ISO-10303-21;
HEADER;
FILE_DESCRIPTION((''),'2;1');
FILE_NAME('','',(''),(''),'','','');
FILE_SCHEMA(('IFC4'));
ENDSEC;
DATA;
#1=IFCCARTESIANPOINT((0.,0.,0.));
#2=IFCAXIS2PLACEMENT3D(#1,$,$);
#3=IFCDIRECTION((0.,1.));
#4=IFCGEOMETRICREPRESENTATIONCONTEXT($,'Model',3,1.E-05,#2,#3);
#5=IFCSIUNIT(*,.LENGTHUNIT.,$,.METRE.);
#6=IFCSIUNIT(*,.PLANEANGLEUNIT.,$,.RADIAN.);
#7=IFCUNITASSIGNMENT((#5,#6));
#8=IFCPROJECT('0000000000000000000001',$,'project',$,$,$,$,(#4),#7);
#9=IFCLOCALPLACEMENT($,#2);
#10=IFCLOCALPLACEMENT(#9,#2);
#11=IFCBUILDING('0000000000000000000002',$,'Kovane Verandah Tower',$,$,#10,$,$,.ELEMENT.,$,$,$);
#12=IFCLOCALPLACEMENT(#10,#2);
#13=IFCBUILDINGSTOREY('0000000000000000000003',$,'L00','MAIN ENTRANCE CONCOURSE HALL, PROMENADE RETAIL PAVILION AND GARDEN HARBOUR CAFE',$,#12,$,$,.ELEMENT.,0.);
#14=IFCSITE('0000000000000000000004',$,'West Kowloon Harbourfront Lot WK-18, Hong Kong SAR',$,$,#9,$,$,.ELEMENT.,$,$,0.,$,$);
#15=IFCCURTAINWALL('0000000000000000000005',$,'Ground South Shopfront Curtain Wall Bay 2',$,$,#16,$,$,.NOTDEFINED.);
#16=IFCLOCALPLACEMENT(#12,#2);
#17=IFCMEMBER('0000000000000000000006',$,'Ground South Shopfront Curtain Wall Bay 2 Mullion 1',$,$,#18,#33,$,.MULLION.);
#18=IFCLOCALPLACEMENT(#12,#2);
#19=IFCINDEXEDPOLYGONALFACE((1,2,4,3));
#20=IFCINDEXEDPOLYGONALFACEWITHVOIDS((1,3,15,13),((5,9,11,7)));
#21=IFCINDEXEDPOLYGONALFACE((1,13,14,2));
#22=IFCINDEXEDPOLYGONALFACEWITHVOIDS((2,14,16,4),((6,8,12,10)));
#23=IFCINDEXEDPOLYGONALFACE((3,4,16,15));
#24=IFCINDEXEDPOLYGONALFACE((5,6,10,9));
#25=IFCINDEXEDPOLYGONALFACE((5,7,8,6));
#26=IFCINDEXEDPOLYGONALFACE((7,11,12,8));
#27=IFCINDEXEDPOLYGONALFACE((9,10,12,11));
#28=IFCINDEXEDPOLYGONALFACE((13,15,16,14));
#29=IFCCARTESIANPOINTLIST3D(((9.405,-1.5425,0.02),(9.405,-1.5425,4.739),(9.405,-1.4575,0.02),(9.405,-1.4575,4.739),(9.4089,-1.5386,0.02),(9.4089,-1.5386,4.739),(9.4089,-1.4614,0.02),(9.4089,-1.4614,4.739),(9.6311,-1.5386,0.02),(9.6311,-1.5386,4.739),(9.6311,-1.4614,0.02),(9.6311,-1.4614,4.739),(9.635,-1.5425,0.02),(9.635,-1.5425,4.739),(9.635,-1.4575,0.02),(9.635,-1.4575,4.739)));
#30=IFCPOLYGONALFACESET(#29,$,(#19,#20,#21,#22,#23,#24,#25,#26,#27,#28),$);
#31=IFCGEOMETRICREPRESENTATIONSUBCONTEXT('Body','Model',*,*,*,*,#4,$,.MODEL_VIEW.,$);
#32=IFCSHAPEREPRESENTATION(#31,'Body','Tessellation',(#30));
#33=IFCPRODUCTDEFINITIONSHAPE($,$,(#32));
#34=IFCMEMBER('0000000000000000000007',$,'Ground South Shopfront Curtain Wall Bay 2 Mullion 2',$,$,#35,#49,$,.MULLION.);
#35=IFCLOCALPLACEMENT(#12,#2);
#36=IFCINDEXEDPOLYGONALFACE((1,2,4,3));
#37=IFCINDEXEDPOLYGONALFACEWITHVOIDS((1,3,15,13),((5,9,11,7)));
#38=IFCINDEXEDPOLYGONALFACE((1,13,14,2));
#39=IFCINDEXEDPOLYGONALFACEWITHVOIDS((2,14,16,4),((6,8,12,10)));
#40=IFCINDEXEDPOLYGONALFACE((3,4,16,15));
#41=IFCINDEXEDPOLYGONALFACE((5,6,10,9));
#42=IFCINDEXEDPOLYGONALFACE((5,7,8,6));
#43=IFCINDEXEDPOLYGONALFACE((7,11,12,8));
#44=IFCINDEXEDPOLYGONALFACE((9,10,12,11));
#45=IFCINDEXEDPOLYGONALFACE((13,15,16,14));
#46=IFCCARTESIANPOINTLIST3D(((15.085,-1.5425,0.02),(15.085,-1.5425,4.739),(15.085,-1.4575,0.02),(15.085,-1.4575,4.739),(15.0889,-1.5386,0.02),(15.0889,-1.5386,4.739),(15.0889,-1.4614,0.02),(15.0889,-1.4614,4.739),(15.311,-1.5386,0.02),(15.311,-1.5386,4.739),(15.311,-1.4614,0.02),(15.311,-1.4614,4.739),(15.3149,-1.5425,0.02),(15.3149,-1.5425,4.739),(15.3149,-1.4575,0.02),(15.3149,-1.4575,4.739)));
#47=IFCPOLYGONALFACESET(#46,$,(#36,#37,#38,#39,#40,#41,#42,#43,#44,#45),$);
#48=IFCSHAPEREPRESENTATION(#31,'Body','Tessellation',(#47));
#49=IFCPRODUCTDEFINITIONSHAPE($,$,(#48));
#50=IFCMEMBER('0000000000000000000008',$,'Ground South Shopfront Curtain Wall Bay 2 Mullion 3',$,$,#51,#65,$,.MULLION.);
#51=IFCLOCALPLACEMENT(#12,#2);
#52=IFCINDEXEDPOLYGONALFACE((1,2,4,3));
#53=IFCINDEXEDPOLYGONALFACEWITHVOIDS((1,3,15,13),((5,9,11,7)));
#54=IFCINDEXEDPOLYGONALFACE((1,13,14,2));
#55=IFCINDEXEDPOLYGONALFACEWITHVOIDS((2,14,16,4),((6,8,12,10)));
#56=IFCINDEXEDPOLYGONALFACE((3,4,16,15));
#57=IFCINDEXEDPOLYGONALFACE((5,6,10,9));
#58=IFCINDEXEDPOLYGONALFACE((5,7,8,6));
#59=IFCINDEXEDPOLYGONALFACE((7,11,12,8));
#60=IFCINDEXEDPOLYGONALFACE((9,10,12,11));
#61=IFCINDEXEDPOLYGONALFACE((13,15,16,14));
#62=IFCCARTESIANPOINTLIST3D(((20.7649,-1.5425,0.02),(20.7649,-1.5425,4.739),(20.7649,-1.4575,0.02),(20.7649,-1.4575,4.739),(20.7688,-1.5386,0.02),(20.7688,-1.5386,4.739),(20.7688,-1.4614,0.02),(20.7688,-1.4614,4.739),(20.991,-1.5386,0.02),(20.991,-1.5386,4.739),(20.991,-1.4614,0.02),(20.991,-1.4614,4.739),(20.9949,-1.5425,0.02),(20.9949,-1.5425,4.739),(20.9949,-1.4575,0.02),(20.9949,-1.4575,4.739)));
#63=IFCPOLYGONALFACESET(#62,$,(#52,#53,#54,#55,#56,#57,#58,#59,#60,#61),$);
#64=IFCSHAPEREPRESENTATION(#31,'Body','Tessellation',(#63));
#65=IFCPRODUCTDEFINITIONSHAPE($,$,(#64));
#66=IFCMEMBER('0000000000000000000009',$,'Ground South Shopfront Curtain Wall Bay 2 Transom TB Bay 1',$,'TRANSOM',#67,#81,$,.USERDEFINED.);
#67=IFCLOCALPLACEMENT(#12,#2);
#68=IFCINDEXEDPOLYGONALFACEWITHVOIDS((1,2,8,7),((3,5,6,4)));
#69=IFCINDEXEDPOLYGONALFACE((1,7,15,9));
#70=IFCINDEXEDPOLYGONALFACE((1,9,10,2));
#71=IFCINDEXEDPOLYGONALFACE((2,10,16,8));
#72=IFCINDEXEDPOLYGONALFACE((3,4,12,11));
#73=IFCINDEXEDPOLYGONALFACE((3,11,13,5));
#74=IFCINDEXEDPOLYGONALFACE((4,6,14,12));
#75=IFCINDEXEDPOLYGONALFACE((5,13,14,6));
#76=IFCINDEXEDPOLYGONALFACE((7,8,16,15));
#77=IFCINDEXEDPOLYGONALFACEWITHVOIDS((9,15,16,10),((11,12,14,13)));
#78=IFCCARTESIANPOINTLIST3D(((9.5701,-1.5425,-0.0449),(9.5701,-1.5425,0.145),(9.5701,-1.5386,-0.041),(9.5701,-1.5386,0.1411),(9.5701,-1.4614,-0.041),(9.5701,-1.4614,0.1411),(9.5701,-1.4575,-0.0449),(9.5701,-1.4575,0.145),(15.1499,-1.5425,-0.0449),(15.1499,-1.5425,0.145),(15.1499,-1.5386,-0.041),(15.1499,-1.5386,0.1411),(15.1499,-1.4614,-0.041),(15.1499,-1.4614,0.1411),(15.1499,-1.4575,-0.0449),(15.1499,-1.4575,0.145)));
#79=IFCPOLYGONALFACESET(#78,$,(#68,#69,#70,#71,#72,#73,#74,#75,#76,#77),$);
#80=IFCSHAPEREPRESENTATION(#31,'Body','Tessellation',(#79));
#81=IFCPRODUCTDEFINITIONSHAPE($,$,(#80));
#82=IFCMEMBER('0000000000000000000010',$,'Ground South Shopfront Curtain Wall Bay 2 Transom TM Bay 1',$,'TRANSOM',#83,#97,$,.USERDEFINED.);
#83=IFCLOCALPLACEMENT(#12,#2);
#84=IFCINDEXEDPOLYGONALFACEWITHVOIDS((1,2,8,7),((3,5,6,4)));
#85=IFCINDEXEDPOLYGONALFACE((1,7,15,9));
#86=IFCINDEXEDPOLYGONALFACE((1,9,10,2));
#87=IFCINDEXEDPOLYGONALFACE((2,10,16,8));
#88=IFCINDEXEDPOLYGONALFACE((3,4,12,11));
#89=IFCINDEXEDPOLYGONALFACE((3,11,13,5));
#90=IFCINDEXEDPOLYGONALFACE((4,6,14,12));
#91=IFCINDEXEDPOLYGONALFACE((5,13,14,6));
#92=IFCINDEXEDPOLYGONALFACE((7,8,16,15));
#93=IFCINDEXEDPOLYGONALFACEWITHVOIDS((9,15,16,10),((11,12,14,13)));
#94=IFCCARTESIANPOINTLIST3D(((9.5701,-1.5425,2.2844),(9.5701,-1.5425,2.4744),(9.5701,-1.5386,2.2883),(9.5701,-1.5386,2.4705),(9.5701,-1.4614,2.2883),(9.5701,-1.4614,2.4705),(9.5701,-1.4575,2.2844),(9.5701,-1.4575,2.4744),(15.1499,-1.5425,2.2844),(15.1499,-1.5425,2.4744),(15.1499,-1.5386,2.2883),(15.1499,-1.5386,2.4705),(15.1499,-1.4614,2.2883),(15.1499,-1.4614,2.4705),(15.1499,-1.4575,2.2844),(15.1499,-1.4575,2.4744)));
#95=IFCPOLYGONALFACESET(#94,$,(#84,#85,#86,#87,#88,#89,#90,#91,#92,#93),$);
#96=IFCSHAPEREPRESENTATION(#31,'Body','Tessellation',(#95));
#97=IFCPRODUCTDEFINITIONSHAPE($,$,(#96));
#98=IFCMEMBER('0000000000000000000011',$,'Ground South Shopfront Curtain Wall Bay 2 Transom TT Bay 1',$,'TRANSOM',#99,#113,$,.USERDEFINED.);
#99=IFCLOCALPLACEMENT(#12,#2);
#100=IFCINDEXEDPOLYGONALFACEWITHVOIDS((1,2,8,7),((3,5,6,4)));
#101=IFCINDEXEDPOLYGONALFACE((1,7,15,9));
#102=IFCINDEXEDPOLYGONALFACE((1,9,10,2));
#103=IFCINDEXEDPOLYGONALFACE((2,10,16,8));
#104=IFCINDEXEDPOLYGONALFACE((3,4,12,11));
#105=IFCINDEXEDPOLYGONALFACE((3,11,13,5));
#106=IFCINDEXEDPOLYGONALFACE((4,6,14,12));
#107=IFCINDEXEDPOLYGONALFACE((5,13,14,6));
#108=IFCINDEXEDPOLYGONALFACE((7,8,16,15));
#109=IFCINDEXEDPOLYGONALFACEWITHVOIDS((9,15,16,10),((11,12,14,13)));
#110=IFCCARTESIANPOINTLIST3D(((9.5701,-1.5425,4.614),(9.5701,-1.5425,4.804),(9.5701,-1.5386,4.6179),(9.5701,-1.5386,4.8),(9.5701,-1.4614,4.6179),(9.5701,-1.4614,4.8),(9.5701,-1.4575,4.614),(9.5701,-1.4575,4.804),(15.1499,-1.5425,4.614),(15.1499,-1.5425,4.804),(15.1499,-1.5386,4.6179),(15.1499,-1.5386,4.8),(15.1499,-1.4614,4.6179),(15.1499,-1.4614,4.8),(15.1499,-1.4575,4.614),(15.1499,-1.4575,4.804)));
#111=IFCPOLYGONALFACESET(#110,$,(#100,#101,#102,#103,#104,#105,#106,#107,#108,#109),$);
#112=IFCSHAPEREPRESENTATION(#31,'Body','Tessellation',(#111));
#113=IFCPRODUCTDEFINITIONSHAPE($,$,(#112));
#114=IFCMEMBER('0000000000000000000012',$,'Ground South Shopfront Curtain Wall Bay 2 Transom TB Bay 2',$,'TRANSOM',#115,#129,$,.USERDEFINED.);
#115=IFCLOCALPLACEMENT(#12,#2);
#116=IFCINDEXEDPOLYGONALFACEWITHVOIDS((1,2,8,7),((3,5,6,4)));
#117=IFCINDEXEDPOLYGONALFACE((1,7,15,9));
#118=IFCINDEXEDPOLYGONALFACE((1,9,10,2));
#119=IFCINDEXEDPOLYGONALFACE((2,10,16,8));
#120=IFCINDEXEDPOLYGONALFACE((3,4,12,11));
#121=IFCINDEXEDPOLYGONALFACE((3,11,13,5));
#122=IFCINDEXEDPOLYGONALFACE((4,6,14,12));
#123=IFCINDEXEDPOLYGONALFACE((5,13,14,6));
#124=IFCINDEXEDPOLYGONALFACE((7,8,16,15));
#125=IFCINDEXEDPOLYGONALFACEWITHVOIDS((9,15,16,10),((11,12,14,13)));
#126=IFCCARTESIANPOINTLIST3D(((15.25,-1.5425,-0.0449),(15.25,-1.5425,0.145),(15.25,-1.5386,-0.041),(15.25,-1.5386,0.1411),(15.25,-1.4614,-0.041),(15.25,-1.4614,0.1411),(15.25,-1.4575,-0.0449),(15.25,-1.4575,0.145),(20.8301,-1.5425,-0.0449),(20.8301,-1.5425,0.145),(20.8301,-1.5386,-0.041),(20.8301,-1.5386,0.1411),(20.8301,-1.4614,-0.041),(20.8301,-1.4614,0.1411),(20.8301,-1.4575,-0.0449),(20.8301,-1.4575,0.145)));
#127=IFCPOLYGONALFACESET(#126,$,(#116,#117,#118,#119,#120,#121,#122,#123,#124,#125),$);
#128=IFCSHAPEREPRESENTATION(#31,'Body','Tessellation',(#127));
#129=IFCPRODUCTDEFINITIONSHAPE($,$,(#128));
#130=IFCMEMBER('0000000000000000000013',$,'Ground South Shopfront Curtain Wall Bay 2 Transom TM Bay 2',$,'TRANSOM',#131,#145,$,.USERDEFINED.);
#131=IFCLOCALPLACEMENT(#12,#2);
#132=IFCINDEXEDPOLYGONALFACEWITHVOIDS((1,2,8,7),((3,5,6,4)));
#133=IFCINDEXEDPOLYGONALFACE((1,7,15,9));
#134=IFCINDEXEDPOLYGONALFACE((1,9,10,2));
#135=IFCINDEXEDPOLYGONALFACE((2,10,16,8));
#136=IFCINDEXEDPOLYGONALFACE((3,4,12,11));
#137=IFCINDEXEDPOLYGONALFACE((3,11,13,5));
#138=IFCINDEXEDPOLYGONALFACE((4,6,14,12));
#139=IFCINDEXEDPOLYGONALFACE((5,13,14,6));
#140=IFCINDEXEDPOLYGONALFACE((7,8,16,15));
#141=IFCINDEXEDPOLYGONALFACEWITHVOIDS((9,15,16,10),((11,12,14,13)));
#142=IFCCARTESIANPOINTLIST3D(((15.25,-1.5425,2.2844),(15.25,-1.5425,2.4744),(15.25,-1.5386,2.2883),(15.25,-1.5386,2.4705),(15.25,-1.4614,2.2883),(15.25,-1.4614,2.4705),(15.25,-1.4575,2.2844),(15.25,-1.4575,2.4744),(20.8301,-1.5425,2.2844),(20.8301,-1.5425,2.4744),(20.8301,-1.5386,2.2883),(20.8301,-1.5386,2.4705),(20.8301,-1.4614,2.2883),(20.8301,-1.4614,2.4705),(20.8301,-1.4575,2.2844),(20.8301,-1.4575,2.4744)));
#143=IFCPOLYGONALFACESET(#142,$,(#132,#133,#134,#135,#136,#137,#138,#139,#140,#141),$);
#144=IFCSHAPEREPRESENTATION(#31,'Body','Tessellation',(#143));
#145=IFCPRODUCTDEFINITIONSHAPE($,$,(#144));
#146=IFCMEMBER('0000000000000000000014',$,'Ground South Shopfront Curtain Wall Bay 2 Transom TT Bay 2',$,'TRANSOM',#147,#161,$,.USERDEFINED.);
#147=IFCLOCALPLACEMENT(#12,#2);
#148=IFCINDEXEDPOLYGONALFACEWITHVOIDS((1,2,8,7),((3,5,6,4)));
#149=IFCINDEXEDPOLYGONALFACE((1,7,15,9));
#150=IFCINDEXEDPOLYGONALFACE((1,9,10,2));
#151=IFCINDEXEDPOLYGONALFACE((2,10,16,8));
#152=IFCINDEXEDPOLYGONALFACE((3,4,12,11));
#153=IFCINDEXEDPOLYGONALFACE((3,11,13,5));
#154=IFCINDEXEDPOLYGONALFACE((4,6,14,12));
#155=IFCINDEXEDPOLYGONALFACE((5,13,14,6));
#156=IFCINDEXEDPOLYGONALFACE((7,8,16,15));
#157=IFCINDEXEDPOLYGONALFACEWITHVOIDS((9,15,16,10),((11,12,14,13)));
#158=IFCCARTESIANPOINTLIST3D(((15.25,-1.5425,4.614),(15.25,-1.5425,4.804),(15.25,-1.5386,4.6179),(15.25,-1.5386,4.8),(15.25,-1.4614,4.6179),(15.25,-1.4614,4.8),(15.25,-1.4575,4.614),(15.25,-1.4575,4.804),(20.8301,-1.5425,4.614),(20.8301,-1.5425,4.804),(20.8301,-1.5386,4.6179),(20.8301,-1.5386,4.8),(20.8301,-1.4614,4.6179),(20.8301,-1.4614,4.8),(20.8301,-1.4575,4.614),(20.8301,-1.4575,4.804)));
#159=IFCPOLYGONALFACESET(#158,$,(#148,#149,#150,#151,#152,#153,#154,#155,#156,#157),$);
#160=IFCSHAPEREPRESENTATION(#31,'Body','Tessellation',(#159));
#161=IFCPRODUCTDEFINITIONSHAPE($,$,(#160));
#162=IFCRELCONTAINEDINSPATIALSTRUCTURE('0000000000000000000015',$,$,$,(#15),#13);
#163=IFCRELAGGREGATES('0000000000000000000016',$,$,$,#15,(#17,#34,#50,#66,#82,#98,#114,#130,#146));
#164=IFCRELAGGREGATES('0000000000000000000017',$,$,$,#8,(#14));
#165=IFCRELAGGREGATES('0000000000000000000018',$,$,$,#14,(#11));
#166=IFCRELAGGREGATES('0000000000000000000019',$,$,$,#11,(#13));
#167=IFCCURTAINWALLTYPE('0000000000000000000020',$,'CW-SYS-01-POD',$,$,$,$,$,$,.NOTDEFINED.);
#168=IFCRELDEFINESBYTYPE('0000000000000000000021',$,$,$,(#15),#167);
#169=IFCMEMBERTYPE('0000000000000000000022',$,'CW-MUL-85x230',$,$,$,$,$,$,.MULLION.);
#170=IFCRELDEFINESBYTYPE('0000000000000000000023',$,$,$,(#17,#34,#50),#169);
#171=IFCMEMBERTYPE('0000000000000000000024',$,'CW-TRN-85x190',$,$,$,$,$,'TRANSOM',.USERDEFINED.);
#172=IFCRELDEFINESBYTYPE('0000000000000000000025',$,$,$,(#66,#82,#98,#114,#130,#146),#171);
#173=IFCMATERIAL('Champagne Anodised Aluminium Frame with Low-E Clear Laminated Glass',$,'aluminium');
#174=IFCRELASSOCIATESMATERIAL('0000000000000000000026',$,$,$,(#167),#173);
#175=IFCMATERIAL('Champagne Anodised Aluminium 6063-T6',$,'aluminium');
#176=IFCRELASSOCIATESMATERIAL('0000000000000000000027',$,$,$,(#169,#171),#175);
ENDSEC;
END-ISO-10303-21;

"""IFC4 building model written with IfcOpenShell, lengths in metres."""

from ifc_helpers import new_model, si_unit, direction, frame, origin, origin_2d, place, context, subcontext, project, spatial, hollow_rectangle, extrude, material, material_profile, profile_set, type_object, element, aggregate, save


model = new_model("IFC4")

# Units and contexts
model_context = context("Model", 3, precision=1e-05, world=origin(), true_north=direction((0.0, 1.0)))
body_context = subcontext(model_context, "Body", "Model", "MODEL_VIEW")
ifc_project = project(units=[si_unit("LENGTHUNIT", "METRE"), si_unit("PLANEANGLEUNIT", "RADIAN")], contexts=[model_context])

# Site, building, storey
site_placement = place(None, origin())
site = spatial("IfcSite", under=ifc_project, at=site_placement, Name="West Kowloon Harbourfront Lot WK-18, Hong Kong SAR", CompositionType="ELEMENT", RefElevation=0.0)
building_placement = place(site_placement, origin())
building = spatial("IfcBuilding", under=site, at=building_placement, Name="Kovane Verandah Tower", CompositionType="ELEMENT")
storey_placement = place(building_placement, origin())
storey = spatial("IfcBuildingStorey", under=building, at=storey_placement, Name="L00", Description="MAIN ENTRANCE CONCOURSE HALL, PROMENADE RETAIL PAVILION AND GARDEN HARBOUR CAFE", CompositionType="ELEMENT", Elevation=0.0)

# Curtain wall, members
ifc_material_1 = material(Name="Champagne Anodised Aluminium Frame with Low-E Clear Laminated Glass", Category="aluminium")
curtain_wall_type = type_object("IfcCurtainWallType", Name="CW-SYS-01-POD", PredefinedType="NOTDEFINED", material=ifc_material_1)
curtain_wall_placement = place(storey_placement, origin())
curtain_wall = element("IfcCurtainWall", 1, at=curtain_wall_placement, inside=storey, type_object=curtain_wall_type, Name="Ground South Shopfront Curtain Wall Bay 2", PredefinedType="NOTDEFINED")
ifc_material_2 = material(Name="Champagne Anodised Aluminium 6063-T6", Category="aluminium")
ifc_material_profile_1 = material_profile(ifc_material_2, hollow_rectangle(XDim=0.085, YDim=0.23, WallThickness=0.0039, at=origin_2d()), Name="AL85x230x4")
ifc_profile_set_1 = profile_set([ifc_material_profile_1], Name="Champagne Anodised Aluminium 6063-T6")
member_type_1 = type_object("IfcMemberType", Name="CW-MUL-85x230", PredefinedType="MULLION", material=ifc_profile_set_1)
member_1_placement = place(storey_placement, frame((9.52, -1.5, 0.02), z_axis=(0.0, 0.0, 1.0), x_axis=(0.0, -1.0, 0.0)))
member_1 = element("IfcMember", 2, at=member_1_placement, type_object=member_type_1, Name="Ground South Shopfront Curtain Wall Bay 2 Mullion 1", PredefinedType="MULLION", context=body_context, shape_type="SweptSolid", body=[
    extrude(hollow_rectangle(XDim=0.085, YDim=0.23, WallThickness=0.0039, at=origin_2d()), origin(), (0.0, 0.0, 1.0), 4.719),
])
member_2_placement = place(storey_placement, frame((15.2, -1.5, 0.02), z_axis=(0.0, 0.0, 1.0), x_axis=(0.0, -1.0, 0.0)))
member_2 = element("IfcMember", 3, at=member_2_placement, type_object=member_type_1, Name="Ground South Shopfront Curtain Wall Bay 2 Mullion 2", PredefinedType="MULLION", context=body_context, shape_type="SweptSolid", body=[
    extrude(hollow_rectangle(XDim=0.085, YDim=0.23, WallThickness=0.0039, at=origin_2d()), origin(), (0.0, 0.0, 1.0), 4.719),
])
member_3_placement = place(storey_placement, frame((20.8799, -1.5, 0.02), z_axis=(0.0, 0.0, 1.0), x_axis=(0.0, -1.0, 0.0)))
member_3 = element("IfcMember", 4, at=member_3_placement, type_object=member_type_1, Name="Ground South Shopfront Curtain Wall Bay 2 Mullion 3", PredefinedType="MULLION", context=body_context, shape_type="SweptSolid", body=[
    extrude(hollow_rectangle(XDim=0.085, YDim=0.23, WallThickness=0.0039, at=origin_2d()), origin(), (0.0, 0.0, 1.0), 4.719),
])
ifc_material_profile_2 = material_profile(ifc_material_2, hollow_rectangle(XDim=0.085, YDim=0.1899, WallThickness=0.0039, at=origin_2d()), Name="AL85x190x4")
ifc_profile_set_2 = profile_set([ifc_material_profile_2], Name="Champagne Anodised Aluminium 6063-T6")
member_type_2 = type_object("IfcMemberType", Name="CW-TRN-85x190", ElementType="TRANSOM", PredefinedType="USERDEFINED", material=ifc_profile_set_2)
member_4_placement = place(storey_placement, frame((9.5701, -1.5, 0.05), z_axis=(1.0, 0.0, 0.0), x_axis=(0.0, 1.0, 0.0)))
member_4 = element("IfcMember", 5, at=member_4_placement, type_object=member_type_2, Name="Ground South Shopfront Curtain Wall Bay 2 Transom TB Bay 1", ObjectType="TRANSOM", PredefinedType="USERDEFINED", context=body_context, shape_type="SweptSolid", body=[
    extrude(hollow_rectangle(XDim=0.085, YDim=0.1899, WallThickness=0.0039, at=origin_2d()), origin(), (0.0, 0.0, 1.0), 5.5798),
])
member_5_placement = place(storey_placement, frame((9.5701, -1.5, 2.3794), z_axis=(1.0, 0.0, 0.0), x_axis=(0.0, 1.0, 0.0)))
member_5 = element("IfcMember", 6, at=member_5_placement, type_object=member_type_2, Name="Ground South Shopfront Curtain Wall Bay 2 Transom TM Bay 1", ObjectType="TRANSOM", PredefinedType="USERDEFINED", context=body_context, shape_type="SweptSolid", body=[
    extrude(hollow_rectangle(XDim=0.085, YDim=0.1899, WallThickness=0.0039, at=origin_2d()), origin(), (0.0, 0.0, 1.0), 5.5798),
])
member_6_placement = place(storey_placement, frame((9.5701, -1.5, 4.709), z_axis=(1.0, 0.0, 0.0), x_axis=(0.0, 1.0, 0.0)))
member_6 = element("IfcMember", 7, at=member_6_placement, type_object=member_type_2, Name="Ground South Shopfront Curtain Wall Bay 2 Transom TT Bay 1", ObjectType="TRANSOM", PredefinedType="USERDEFINED", context=body_context, shape_type="SweptSolid", body=[
    extrude(hollow_rectangle(XDim=0.085, YDim=0.1899, WallThickness=0.0039, at=origin_2d()), origin(), (0.0, 0.0, 1.0), 5.5798),
])
member_7_placement = place(storey_placement, frame((15.25, -1.5, 0.05), z_axis=(1.0, 0.0, 0.0), x_axis=(0.0, 1.0, 0.0)))
member_7 = element("IfcMember", 8, at=member_7_placement, type_object=member_type_2, Name="Ground South Shopfront Curtain Wall Bay 2 Transom TB Bay 2", ObjectType="TRANSOM", PredefinedType="USERDEFINED", context=body_context, shape_type="SweptSolid", body=[
    extrude(hollow_rectangle(XDim=0.085, YDim=0.1899, WallThickness=0.0039, at=origin_2d()), origin(), (0.0, 0.0, 1.0), 5.5801),
])
member_8_placement = place(storey_placement, frame((15.25, -1.5, 2.3794), z_axis=(1.0, 0.0, 0.0), x_axis=(0.0, 1.0, 0.0)))
member_8 = element("IfcMember", 9, at=member_8_placement, type_object=member_type_2, Name="Ground South Shopfront Curtain Wall Bay 2 Transom TM Bay 2", ObjectType="TRANSOM", PredefinedType="USERDEFINED", context=body_context, shape_type="SweptSolid", body=[
    extrude(hollow_rectangle(XDim=0.085, YDim=0.1899, WallThickness=0.0039, at=origin_2d()), origin(), (0.0, 0.0, 1.0), 5.5801),
])
member_9_placement = place(storey_placement, frame((15.25, -1.5, 4.709), z_axis=(1.0, 0.0, 0.0), x_axis=(0.0, 1.0, 0.0)))
member_9 = element("IfcMember", 10, at=member_9_placement, type_object=member_type_2, Name="Ground South Shopfront Curtain Wall Bay 2 Transom TT Bay 2", ObjectType="TRANSOM", PredefinedType="USERDEFINED", context=body_context, shape_type="SweptSolid", body=[
    extrude(hollow_rectangle(XDim=0.085, YDim=0.1899, WallThickness=0.0039, at=origin_2d()), origin(), (0.0, 0.0, 1.0), 5.5801),
])

aggregate(curtain_wall, [member_1, member_2, member_3, member_4, member_5, member_6, member_7, member_8, member_9])

save(model, "model.ifc")
